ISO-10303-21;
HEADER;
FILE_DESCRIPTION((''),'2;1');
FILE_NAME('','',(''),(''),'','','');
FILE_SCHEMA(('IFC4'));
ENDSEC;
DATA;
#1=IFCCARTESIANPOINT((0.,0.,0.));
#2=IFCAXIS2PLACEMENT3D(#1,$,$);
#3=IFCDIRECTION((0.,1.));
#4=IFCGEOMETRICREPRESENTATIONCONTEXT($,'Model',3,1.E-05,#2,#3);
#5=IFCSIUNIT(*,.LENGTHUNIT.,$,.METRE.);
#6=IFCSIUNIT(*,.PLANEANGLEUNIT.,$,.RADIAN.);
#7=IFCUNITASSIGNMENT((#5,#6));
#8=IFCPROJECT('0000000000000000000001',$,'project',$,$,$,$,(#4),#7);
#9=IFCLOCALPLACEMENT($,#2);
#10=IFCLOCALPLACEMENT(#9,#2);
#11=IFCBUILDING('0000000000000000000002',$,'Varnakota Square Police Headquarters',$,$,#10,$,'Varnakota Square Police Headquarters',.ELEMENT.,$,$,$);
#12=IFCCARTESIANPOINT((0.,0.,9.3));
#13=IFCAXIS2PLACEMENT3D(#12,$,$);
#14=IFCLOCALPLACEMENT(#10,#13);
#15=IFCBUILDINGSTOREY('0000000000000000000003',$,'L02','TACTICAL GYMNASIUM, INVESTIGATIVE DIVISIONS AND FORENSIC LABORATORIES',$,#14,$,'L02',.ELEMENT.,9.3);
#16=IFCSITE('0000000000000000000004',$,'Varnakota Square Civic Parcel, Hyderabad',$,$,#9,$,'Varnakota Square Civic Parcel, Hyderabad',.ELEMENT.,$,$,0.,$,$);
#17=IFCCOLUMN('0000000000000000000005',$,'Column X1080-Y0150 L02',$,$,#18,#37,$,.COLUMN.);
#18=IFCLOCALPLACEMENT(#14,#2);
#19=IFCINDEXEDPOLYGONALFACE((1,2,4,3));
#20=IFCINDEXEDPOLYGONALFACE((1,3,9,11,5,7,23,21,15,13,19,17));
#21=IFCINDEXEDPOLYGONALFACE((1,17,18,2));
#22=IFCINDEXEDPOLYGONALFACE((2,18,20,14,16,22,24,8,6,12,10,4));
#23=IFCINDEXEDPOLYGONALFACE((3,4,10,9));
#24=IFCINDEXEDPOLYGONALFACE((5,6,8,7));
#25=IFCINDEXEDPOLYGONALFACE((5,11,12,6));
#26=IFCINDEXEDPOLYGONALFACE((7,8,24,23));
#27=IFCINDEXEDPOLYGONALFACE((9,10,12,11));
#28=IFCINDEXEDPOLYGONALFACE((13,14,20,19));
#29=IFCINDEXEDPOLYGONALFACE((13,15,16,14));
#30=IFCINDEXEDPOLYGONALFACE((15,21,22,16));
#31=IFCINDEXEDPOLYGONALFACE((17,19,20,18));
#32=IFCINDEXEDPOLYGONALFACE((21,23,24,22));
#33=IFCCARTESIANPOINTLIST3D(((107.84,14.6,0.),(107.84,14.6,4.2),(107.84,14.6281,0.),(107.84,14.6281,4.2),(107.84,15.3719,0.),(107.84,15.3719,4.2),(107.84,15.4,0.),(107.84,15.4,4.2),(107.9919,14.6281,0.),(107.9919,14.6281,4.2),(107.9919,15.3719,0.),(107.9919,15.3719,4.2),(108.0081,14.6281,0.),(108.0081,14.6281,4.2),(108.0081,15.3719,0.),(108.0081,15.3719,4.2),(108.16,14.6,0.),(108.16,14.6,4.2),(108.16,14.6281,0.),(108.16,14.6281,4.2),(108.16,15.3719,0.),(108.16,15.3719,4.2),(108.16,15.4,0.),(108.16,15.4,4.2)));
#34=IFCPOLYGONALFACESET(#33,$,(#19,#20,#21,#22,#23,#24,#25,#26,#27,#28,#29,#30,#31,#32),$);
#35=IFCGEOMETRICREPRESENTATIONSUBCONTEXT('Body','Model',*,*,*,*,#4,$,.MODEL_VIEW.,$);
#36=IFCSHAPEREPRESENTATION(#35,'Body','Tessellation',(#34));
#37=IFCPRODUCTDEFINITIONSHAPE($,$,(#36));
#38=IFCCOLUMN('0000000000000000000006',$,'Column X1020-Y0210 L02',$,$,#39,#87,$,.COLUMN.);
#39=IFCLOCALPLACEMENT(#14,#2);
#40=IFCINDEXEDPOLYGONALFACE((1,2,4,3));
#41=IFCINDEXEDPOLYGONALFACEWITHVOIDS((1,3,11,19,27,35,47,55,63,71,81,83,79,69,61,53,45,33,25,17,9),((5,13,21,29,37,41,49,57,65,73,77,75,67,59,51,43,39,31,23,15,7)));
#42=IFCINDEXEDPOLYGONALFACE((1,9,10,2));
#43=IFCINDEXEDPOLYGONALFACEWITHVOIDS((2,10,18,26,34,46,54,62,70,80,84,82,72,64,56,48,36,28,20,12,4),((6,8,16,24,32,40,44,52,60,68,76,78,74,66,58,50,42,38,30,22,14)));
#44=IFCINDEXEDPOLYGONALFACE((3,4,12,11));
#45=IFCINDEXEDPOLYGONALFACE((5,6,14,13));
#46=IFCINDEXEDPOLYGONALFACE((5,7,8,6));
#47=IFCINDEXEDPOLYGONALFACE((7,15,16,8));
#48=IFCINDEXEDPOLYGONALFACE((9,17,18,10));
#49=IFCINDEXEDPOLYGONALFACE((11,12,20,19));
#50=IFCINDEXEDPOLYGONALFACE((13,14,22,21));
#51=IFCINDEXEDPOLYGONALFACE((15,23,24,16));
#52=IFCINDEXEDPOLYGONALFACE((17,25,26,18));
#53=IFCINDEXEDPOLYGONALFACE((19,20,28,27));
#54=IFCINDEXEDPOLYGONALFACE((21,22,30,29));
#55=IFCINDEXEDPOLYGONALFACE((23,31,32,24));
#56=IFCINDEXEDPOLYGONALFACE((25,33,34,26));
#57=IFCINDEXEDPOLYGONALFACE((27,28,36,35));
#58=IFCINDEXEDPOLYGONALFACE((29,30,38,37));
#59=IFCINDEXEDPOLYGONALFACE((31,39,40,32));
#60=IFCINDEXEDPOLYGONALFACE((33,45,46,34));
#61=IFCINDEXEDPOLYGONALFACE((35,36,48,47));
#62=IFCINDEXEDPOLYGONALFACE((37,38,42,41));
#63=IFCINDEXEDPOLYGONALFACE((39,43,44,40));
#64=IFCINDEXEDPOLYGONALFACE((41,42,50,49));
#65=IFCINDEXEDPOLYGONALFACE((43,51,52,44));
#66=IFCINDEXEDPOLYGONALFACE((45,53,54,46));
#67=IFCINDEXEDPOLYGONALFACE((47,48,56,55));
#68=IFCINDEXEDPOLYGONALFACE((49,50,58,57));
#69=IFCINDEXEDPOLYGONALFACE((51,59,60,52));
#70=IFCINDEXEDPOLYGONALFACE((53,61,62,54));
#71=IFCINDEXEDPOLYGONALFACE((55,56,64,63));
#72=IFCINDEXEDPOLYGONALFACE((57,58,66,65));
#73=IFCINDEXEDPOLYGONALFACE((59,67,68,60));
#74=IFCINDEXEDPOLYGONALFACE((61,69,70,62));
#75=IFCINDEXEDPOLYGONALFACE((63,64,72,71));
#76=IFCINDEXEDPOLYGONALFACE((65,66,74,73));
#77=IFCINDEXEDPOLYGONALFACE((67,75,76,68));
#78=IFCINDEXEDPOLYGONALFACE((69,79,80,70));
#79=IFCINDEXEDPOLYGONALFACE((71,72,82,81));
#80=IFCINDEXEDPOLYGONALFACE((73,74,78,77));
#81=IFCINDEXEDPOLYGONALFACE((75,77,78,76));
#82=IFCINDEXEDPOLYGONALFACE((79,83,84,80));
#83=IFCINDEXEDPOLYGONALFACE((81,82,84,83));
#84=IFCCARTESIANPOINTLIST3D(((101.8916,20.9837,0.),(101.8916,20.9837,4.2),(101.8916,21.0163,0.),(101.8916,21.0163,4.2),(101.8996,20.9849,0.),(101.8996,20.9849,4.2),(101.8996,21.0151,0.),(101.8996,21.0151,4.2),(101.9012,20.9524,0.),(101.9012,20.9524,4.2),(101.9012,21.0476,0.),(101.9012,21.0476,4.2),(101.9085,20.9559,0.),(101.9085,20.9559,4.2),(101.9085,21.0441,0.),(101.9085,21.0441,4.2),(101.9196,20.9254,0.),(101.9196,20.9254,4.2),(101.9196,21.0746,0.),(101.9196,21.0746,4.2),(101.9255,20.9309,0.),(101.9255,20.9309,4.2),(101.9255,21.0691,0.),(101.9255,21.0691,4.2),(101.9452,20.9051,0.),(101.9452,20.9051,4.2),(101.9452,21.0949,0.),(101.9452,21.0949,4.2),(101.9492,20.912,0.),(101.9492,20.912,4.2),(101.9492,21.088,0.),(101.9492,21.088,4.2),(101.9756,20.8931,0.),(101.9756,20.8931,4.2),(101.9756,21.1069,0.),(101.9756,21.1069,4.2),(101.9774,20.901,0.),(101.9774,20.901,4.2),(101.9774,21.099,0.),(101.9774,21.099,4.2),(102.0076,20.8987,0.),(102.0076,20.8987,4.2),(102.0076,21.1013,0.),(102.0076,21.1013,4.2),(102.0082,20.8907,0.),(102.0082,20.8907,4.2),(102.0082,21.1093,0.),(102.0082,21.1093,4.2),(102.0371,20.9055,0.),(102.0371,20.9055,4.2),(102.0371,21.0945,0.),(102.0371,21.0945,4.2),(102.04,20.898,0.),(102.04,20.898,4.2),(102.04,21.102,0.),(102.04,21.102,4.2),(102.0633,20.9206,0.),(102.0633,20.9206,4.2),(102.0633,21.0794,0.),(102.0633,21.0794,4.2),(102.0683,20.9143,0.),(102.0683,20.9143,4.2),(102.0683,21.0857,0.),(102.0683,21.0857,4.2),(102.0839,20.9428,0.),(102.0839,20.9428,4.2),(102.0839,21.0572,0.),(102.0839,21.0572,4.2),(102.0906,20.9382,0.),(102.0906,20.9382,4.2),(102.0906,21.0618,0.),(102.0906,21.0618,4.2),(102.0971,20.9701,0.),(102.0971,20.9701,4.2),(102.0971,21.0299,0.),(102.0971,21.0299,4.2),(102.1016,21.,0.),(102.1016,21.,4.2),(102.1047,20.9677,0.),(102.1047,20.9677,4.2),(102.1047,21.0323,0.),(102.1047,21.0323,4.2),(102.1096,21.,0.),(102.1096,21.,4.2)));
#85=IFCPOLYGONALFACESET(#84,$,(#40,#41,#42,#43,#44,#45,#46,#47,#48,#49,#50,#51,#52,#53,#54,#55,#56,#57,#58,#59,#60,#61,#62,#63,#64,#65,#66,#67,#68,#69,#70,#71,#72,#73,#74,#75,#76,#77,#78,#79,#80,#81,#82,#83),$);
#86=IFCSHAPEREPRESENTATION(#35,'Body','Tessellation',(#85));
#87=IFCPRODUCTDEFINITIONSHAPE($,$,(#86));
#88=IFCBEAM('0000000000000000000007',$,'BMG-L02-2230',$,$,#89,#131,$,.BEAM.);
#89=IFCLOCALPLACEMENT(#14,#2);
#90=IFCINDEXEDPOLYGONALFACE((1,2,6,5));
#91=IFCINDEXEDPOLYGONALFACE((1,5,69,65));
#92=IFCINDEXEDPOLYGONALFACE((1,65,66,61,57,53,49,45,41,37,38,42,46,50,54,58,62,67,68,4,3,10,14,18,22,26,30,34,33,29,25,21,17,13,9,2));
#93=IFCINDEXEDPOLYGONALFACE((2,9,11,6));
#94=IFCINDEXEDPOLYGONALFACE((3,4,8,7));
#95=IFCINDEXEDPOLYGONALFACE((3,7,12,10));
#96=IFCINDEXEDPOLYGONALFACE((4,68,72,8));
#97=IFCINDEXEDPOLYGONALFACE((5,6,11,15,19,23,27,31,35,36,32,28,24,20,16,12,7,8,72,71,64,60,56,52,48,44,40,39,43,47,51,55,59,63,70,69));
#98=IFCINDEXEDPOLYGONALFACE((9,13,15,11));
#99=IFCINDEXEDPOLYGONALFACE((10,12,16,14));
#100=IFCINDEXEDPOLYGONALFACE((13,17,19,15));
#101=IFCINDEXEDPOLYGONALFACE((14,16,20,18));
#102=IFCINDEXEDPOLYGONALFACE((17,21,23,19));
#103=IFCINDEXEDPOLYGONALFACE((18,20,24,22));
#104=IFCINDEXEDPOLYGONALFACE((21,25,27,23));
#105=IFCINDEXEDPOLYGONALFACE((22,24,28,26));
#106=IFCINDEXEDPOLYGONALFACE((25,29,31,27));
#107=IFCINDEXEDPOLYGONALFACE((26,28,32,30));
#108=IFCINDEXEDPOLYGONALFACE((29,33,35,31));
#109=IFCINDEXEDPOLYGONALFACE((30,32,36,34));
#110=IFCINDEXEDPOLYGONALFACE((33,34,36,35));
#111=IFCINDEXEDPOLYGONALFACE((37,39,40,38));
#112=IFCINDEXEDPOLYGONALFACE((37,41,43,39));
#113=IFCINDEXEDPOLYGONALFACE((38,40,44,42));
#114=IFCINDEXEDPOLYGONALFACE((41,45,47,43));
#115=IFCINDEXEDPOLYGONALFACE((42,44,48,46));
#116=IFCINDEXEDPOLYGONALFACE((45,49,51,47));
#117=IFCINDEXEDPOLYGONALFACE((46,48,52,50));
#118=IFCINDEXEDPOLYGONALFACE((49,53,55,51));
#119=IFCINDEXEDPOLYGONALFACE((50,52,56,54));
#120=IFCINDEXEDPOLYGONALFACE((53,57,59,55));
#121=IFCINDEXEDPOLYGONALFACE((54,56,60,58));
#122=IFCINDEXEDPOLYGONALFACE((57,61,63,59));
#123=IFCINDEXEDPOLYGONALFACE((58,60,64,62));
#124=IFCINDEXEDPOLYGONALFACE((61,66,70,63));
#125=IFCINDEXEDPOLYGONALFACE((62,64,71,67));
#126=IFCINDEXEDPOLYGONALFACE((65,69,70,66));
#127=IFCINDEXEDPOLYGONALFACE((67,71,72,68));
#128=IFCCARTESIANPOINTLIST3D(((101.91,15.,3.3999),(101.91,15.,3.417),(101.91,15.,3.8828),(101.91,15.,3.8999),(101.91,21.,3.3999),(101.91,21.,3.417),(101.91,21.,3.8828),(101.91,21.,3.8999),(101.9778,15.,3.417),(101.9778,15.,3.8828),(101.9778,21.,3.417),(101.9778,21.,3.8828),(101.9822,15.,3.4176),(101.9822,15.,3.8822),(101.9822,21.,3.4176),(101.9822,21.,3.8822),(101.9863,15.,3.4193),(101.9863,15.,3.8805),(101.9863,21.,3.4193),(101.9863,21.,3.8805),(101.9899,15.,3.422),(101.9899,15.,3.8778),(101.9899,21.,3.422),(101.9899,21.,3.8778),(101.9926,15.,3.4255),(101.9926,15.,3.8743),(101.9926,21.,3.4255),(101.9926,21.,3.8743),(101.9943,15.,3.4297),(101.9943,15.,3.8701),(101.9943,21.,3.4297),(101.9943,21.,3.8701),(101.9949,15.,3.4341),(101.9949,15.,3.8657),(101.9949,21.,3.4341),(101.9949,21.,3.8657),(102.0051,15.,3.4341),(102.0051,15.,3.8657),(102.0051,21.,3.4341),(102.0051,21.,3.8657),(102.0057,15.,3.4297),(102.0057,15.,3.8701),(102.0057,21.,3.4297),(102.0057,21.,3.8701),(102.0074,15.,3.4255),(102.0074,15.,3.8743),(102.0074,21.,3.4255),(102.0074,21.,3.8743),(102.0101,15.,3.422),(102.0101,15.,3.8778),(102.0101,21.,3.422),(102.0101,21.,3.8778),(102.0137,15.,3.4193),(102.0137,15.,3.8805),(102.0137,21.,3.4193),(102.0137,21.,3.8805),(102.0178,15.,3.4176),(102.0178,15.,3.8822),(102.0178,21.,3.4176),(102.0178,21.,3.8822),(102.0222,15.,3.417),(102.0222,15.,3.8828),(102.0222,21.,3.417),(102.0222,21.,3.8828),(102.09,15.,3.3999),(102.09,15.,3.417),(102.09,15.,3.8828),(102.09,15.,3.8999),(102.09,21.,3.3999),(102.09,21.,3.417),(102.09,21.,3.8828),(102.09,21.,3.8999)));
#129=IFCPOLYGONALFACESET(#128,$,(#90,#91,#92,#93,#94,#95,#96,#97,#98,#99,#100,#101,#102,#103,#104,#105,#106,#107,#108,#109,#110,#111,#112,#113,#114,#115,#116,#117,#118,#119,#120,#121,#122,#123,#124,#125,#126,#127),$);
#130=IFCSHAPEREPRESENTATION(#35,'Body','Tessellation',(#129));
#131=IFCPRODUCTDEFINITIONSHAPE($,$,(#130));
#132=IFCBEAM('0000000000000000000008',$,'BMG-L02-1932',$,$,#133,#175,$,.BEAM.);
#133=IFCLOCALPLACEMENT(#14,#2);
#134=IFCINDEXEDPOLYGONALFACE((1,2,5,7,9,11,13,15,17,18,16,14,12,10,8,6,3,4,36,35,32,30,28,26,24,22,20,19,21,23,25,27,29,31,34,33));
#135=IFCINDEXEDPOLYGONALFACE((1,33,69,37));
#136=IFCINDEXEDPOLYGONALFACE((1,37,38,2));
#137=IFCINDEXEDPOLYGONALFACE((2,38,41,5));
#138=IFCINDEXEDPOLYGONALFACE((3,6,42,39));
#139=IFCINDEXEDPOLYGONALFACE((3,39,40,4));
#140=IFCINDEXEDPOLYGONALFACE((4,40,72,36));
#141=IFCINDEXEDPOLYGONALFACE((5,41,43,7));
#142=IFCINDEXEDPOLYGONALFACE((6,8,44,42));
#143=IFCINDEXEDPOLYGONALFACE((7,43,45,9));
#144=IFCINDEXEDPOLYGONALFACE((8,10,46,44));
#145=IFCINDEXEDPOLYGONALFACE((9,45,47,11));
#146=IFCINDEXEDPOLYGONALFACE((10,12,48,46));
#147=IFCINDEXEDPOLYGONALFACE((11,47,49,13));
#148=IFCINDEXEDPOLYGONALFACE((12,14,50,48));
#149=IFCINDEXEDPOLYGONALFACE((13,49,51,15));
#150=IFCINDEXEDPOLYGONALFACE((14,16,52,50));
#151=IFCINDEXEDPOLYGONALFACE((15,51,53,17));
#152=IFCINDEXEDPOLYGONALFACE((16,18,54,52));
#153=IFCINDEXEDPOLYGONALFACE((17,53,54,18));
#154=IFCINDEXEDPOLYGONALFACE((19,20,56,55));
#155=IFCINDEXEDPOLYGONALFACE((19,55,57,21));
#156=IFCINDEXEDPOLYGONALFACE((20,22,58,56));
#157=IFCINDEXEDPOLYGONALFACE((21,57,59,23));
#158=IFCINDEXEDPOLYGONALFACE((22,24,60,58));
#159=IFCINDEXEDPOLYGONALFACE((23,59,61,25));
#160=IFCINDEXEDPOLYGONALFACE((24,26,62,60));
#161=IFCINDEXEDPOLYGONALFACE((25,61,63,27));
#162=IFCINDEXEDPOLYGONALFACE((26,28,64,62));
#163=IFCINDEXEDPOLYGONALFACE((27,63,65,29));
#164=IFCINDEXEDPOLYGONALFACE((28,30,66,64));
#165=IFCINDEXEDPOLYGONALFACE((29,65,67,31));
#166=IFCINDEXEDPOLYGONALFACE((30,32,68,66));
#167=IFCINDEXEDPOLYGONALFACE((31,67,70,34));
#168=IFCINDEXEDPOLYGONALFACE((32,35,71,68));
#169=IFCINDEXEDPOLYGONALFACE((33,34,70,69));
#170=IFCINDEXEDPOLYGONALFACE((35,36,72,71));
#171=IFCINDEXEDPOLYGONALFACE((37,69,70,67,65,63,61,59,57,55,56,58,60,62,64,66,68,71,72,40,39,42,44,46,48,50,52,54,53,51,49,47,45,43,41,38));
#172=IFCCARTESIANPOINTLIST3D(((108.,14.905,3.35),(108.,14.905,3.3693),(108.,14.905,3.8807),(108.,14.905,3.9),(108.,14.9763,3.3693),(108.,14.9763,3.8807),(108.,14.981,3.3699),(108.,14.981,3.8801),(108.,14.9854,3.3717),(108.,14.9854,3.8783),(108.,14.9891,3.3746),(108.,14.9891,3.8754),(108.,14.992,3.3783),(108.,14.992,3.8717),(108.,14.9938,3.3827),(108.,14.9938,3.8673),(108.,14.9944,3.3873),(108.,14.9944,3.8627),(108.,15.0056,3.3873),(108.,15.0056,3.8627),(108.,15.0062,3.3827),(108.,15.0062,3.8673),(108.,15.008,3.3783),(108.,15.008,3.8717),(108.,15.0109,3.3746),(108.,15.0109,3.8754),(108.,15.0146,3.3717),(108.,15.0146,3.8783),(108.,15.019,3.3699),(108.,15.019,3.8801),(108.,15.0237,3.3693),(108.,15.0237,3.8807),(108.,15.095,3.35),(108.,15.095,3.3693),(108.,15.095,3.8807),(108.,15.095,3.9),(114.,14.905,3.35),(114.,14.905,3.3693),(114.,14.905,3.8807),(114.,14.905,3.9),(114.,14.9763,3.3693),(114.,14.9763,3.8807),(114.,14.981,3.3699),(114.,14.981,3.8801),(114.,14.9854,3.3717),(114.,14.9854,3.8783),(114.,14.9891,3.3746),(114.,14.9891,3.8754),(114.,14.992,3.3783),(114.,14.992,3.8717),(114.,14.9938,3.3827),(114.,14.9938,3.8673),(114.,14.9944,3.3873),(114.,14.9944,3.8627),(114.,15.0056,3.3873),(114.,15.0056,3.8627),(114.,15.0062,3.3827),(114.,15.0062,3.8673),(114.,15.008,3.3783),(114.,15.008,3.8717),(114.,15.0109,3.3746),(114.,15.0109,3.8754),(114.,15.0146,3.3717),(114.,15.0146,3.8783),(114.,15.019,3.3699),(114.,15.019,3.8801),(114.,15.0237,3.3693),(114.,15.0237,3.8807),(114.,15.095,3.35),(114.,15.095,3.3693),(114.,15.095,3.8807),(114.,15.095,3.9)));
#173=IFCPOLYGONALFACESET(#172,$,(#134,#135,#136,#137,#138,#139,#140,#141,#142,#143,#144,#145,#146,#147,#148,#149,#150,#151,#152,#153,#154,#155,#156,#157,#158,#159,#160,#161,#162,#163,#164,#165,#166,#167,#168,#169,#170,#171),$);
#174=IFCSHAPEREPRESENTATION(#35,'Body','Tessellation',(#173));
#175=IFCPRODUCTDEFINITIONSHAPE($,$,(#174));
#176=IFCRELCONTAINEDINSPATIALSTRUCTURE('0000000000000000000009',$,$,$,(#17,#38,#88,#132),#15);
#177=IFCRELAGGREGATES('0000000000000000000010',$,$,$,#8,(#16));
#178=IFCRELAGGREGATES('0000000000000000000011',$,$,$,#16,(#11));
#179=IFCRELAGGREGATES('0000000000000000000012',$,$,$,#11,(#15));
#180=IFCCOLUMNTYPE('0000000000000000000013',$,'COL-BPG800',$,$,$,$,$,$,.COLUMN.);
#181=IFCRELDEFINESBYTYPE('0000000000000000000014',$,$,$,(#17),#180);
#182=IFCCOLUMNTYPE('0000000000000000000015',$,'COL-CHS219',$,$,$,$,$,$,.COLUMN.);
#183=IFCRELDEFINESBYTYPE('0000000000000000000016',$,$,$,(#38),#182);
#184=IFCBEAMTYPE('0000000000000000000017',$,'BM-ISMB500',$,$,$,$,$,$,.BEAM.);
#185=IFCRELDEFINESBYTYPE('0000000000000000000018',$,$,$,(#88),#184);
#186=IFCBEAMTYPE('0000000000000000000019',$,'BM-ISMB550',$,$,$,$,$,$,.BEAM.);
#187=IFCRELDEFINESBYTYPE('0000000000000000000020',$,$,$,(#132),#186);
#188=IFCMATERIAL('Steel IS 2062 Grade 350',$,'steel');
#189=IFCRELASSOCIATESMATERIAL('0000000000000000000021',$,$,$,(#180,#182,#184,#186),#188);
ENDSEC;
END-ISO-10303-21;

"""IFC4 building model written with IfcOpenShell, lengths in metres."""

from ifc_helpers import new_model, si_unit, direction, frame, origin, origin_2d, place, context, subcontext, project, spatial, hollow_circle, i_section, extrude, material, material_profile, profile_set, type_object, element, save


model = new_model("IFC4")

# Units and contexts
model_context = context("Model", 3, precision=1e-05, world=origin(), true_north=direction((0.0, 1.0)))
body_context = subcontext(model_context, "Body", "Model", "MODEL_VIEW")
ifc_project = project(units=[si_unit("LENGTHUNIT", "METRE"), si_unit("PLANEANGLEUNIT", "RADIAN")], contexts=[model_context])

# Site, building, storey
site_placement = place(None, origin())
site = spatial("IfcSite", under=ifc_project, at=site_placement, Name="Varnakota Square Civic Parcel, Hyderabad", LongName="Varnakota Square Civic Parcel, Hyderabad", CompositionType="ELEMENT", RefElevation=0.0)
building_placement = place(site_placement, origin())
building = spatial("IfcBuilding", under=site, at=building_placement, Name="Varnakota Square Police Headquarters", LongName="Varnakota Square Police Headquarters", CompositionType="ELEMENT")
storey_placement = place(building_placement, frame((0.0, 0.0, 9.3)))
storey = spatial("IfcBuildingStorey", under=building, at=storey_placement, Name="L02", Description="TACTICAL GYMNASIUM, INVESTIGATIVE DIVISIONS AND FORENSIC LABORATORIES", LongName="L02", CompositionType="ELEMENT", Elevation=9.3)

# Columns
ifc_material_1 = material(Name="Steel IS 2062 Grade 350", Category="steel")
ifc_material_profile_1 = material_profile(ifc_material_1, i_section(OverallWidth=0.3201, OverallDepth=0.8, WebThickness=0.0161, FlangeThickness=0.0281, at=origin_2d()), Name="BPG 800x320")
ifc_profile_set_1 = profile_set([ifc_material_profile_1], Name="Steel IS 2062 Grade 350")
column_type_1 = type_object("IfcColumnType", Name="COL-BPG800", PredefinedType="COLUMN", material=ifc_profile_set_1)
column_1_placement = place(storey_placement, frame((108.0, 15.0, 0.0), z_axis=(0.0, 0.0, 1.0), x_axis=(1.0, 0.0, 0.0)))
element("IfcColumn", 1, at=column_1_placement, inside=storey, type_object=column_type_1, Name="Column X1080-Y0150 L02", PredefinedType="COLUMN", context=body_context, shape_type="SweptSolid", body=[
    extrude(i_section(OverallWidth=0.3201, OverallDepth=0.8, WebThickness=0.0161, FlangeThickness=0.0281, at=origin_2d()), origin(), (0.0, 0.0, 1.0), 4.2),
])
ifc_material_profile_2 = material_profile(ifc_material_1, hollow_circle(Radius=0.1096, WallThickness=0.0081, at=origin_2d()), Name="CHS 219.1x8.0")
ifc_profile_set_2 = profile_set([ifc_material_profile_2], Name="Steel IS 2062 Grade 350")
column_type_2 = type_object("IfcColumnType", Name="COL-CHS219", PredefinedType="COLUMN", material=ifc_profile_set_2)
column_2_placement = place(storey_placement, frame((102.0, 21.0, 0.0), z_axis=(0.0, 0.0, 1.0), x_axis=(1.0, 0.0, 0.0)))
element("IfcColumn", 2, at=column_2_placement, inside=storey, type_object=column_type_2, Name="Column X1020-Y0210 L02", PredefinedType="COLUMN", context=body_context, shape_type="SweptSolid", body=[
    extrude(hollow_circle(Radius=0.1096, WallThickness=0.0081, at=origin_2d()), origin(), (0.0, 0.0, 1.0), 4.2),
])

# Beams
ifc_material_profile_3 = material_profile(ifc_material_1, i_section(OverallWidth=0.1799, OverallDepth=0.5, WebThickness=0.0103, FlangeThickness=0.0171, FilletRadius=0.0171, at=origin_2d()), Name="ISMB 500")
ifc_profile_set_3 = profile_set([ifc_material_profile_3], Name="Steel IS 2062 Grade 350")
beam_type_1 = type_object("IfcBeamType", Name="BM-ISMB500", PredefinedType="BEAM", material=ifc_profile_set_3)
beam_1_placement = place(storey_placement, frame((102.0, 15.0, 3.6499), z_axis=(0.0, 1.0, 0.0), x_axis=(-1.0, 0.0, 0.0)))
element("IfcBeam", 3, at=beam_1_placement, inside=storey, type_object=beam_type_1, Name="BMG-L02-2230", PredefinedType="BEAM", context=body_context, shape_type="SweptSolid", body=[
    extrude(i_section(OverallWidth=0.1799, OverallDepth=0.5, WebThickness=0.0103, FlangeThickness=0.0171, FilletRadius=0.0171, at=origin_2d()), origin(), (0.0, 0.0, 1.0), 6.0),
])
ifc_material_profile_4 = material_profile(ifc_material_1, i_section(OverallWidth=0.1899, OverallDepth=0.55, WebThickness=0.0112, FlangeThickness=0.0193, FilletRadius=0.0181, at=origin_2d()), Name="ISMB 550")
ifc_profile_set_4 = profile_set([ifc_material_profile_4], Name="Steel IS 2062 Grade 350")
beam_type_2 = type_object("IfcBeamType", Name="BM-ISMB550", PredefinedType="BEAM", material=ifc_profile_set_4)
beam_2_placement = place(storey_placement, frame((108.0, 15.0, 3.625), z_axis=(1.0, 0.0, 0.0), x_axis=(0.0, 1.0, 0.0)))
element("IfcBeam", 4, at=beam_2_placement, inside=storey, type_object=beam_type_2, Name="BMG-L02-1932", PredefinedType="BEAM", context=body_context, shape_type="SweptSolid", body=[
    extrude(i_section(OverallWidth=0.1899, OverallDepth=0.55, WebThickness=0.0112, FlangeThickness=0.0193, FilletRadius=0.0181, at=origin_2d()), origin(), (0.0, 0.0, 1.0), 6.0),
])

save(model, "model.ifc")
